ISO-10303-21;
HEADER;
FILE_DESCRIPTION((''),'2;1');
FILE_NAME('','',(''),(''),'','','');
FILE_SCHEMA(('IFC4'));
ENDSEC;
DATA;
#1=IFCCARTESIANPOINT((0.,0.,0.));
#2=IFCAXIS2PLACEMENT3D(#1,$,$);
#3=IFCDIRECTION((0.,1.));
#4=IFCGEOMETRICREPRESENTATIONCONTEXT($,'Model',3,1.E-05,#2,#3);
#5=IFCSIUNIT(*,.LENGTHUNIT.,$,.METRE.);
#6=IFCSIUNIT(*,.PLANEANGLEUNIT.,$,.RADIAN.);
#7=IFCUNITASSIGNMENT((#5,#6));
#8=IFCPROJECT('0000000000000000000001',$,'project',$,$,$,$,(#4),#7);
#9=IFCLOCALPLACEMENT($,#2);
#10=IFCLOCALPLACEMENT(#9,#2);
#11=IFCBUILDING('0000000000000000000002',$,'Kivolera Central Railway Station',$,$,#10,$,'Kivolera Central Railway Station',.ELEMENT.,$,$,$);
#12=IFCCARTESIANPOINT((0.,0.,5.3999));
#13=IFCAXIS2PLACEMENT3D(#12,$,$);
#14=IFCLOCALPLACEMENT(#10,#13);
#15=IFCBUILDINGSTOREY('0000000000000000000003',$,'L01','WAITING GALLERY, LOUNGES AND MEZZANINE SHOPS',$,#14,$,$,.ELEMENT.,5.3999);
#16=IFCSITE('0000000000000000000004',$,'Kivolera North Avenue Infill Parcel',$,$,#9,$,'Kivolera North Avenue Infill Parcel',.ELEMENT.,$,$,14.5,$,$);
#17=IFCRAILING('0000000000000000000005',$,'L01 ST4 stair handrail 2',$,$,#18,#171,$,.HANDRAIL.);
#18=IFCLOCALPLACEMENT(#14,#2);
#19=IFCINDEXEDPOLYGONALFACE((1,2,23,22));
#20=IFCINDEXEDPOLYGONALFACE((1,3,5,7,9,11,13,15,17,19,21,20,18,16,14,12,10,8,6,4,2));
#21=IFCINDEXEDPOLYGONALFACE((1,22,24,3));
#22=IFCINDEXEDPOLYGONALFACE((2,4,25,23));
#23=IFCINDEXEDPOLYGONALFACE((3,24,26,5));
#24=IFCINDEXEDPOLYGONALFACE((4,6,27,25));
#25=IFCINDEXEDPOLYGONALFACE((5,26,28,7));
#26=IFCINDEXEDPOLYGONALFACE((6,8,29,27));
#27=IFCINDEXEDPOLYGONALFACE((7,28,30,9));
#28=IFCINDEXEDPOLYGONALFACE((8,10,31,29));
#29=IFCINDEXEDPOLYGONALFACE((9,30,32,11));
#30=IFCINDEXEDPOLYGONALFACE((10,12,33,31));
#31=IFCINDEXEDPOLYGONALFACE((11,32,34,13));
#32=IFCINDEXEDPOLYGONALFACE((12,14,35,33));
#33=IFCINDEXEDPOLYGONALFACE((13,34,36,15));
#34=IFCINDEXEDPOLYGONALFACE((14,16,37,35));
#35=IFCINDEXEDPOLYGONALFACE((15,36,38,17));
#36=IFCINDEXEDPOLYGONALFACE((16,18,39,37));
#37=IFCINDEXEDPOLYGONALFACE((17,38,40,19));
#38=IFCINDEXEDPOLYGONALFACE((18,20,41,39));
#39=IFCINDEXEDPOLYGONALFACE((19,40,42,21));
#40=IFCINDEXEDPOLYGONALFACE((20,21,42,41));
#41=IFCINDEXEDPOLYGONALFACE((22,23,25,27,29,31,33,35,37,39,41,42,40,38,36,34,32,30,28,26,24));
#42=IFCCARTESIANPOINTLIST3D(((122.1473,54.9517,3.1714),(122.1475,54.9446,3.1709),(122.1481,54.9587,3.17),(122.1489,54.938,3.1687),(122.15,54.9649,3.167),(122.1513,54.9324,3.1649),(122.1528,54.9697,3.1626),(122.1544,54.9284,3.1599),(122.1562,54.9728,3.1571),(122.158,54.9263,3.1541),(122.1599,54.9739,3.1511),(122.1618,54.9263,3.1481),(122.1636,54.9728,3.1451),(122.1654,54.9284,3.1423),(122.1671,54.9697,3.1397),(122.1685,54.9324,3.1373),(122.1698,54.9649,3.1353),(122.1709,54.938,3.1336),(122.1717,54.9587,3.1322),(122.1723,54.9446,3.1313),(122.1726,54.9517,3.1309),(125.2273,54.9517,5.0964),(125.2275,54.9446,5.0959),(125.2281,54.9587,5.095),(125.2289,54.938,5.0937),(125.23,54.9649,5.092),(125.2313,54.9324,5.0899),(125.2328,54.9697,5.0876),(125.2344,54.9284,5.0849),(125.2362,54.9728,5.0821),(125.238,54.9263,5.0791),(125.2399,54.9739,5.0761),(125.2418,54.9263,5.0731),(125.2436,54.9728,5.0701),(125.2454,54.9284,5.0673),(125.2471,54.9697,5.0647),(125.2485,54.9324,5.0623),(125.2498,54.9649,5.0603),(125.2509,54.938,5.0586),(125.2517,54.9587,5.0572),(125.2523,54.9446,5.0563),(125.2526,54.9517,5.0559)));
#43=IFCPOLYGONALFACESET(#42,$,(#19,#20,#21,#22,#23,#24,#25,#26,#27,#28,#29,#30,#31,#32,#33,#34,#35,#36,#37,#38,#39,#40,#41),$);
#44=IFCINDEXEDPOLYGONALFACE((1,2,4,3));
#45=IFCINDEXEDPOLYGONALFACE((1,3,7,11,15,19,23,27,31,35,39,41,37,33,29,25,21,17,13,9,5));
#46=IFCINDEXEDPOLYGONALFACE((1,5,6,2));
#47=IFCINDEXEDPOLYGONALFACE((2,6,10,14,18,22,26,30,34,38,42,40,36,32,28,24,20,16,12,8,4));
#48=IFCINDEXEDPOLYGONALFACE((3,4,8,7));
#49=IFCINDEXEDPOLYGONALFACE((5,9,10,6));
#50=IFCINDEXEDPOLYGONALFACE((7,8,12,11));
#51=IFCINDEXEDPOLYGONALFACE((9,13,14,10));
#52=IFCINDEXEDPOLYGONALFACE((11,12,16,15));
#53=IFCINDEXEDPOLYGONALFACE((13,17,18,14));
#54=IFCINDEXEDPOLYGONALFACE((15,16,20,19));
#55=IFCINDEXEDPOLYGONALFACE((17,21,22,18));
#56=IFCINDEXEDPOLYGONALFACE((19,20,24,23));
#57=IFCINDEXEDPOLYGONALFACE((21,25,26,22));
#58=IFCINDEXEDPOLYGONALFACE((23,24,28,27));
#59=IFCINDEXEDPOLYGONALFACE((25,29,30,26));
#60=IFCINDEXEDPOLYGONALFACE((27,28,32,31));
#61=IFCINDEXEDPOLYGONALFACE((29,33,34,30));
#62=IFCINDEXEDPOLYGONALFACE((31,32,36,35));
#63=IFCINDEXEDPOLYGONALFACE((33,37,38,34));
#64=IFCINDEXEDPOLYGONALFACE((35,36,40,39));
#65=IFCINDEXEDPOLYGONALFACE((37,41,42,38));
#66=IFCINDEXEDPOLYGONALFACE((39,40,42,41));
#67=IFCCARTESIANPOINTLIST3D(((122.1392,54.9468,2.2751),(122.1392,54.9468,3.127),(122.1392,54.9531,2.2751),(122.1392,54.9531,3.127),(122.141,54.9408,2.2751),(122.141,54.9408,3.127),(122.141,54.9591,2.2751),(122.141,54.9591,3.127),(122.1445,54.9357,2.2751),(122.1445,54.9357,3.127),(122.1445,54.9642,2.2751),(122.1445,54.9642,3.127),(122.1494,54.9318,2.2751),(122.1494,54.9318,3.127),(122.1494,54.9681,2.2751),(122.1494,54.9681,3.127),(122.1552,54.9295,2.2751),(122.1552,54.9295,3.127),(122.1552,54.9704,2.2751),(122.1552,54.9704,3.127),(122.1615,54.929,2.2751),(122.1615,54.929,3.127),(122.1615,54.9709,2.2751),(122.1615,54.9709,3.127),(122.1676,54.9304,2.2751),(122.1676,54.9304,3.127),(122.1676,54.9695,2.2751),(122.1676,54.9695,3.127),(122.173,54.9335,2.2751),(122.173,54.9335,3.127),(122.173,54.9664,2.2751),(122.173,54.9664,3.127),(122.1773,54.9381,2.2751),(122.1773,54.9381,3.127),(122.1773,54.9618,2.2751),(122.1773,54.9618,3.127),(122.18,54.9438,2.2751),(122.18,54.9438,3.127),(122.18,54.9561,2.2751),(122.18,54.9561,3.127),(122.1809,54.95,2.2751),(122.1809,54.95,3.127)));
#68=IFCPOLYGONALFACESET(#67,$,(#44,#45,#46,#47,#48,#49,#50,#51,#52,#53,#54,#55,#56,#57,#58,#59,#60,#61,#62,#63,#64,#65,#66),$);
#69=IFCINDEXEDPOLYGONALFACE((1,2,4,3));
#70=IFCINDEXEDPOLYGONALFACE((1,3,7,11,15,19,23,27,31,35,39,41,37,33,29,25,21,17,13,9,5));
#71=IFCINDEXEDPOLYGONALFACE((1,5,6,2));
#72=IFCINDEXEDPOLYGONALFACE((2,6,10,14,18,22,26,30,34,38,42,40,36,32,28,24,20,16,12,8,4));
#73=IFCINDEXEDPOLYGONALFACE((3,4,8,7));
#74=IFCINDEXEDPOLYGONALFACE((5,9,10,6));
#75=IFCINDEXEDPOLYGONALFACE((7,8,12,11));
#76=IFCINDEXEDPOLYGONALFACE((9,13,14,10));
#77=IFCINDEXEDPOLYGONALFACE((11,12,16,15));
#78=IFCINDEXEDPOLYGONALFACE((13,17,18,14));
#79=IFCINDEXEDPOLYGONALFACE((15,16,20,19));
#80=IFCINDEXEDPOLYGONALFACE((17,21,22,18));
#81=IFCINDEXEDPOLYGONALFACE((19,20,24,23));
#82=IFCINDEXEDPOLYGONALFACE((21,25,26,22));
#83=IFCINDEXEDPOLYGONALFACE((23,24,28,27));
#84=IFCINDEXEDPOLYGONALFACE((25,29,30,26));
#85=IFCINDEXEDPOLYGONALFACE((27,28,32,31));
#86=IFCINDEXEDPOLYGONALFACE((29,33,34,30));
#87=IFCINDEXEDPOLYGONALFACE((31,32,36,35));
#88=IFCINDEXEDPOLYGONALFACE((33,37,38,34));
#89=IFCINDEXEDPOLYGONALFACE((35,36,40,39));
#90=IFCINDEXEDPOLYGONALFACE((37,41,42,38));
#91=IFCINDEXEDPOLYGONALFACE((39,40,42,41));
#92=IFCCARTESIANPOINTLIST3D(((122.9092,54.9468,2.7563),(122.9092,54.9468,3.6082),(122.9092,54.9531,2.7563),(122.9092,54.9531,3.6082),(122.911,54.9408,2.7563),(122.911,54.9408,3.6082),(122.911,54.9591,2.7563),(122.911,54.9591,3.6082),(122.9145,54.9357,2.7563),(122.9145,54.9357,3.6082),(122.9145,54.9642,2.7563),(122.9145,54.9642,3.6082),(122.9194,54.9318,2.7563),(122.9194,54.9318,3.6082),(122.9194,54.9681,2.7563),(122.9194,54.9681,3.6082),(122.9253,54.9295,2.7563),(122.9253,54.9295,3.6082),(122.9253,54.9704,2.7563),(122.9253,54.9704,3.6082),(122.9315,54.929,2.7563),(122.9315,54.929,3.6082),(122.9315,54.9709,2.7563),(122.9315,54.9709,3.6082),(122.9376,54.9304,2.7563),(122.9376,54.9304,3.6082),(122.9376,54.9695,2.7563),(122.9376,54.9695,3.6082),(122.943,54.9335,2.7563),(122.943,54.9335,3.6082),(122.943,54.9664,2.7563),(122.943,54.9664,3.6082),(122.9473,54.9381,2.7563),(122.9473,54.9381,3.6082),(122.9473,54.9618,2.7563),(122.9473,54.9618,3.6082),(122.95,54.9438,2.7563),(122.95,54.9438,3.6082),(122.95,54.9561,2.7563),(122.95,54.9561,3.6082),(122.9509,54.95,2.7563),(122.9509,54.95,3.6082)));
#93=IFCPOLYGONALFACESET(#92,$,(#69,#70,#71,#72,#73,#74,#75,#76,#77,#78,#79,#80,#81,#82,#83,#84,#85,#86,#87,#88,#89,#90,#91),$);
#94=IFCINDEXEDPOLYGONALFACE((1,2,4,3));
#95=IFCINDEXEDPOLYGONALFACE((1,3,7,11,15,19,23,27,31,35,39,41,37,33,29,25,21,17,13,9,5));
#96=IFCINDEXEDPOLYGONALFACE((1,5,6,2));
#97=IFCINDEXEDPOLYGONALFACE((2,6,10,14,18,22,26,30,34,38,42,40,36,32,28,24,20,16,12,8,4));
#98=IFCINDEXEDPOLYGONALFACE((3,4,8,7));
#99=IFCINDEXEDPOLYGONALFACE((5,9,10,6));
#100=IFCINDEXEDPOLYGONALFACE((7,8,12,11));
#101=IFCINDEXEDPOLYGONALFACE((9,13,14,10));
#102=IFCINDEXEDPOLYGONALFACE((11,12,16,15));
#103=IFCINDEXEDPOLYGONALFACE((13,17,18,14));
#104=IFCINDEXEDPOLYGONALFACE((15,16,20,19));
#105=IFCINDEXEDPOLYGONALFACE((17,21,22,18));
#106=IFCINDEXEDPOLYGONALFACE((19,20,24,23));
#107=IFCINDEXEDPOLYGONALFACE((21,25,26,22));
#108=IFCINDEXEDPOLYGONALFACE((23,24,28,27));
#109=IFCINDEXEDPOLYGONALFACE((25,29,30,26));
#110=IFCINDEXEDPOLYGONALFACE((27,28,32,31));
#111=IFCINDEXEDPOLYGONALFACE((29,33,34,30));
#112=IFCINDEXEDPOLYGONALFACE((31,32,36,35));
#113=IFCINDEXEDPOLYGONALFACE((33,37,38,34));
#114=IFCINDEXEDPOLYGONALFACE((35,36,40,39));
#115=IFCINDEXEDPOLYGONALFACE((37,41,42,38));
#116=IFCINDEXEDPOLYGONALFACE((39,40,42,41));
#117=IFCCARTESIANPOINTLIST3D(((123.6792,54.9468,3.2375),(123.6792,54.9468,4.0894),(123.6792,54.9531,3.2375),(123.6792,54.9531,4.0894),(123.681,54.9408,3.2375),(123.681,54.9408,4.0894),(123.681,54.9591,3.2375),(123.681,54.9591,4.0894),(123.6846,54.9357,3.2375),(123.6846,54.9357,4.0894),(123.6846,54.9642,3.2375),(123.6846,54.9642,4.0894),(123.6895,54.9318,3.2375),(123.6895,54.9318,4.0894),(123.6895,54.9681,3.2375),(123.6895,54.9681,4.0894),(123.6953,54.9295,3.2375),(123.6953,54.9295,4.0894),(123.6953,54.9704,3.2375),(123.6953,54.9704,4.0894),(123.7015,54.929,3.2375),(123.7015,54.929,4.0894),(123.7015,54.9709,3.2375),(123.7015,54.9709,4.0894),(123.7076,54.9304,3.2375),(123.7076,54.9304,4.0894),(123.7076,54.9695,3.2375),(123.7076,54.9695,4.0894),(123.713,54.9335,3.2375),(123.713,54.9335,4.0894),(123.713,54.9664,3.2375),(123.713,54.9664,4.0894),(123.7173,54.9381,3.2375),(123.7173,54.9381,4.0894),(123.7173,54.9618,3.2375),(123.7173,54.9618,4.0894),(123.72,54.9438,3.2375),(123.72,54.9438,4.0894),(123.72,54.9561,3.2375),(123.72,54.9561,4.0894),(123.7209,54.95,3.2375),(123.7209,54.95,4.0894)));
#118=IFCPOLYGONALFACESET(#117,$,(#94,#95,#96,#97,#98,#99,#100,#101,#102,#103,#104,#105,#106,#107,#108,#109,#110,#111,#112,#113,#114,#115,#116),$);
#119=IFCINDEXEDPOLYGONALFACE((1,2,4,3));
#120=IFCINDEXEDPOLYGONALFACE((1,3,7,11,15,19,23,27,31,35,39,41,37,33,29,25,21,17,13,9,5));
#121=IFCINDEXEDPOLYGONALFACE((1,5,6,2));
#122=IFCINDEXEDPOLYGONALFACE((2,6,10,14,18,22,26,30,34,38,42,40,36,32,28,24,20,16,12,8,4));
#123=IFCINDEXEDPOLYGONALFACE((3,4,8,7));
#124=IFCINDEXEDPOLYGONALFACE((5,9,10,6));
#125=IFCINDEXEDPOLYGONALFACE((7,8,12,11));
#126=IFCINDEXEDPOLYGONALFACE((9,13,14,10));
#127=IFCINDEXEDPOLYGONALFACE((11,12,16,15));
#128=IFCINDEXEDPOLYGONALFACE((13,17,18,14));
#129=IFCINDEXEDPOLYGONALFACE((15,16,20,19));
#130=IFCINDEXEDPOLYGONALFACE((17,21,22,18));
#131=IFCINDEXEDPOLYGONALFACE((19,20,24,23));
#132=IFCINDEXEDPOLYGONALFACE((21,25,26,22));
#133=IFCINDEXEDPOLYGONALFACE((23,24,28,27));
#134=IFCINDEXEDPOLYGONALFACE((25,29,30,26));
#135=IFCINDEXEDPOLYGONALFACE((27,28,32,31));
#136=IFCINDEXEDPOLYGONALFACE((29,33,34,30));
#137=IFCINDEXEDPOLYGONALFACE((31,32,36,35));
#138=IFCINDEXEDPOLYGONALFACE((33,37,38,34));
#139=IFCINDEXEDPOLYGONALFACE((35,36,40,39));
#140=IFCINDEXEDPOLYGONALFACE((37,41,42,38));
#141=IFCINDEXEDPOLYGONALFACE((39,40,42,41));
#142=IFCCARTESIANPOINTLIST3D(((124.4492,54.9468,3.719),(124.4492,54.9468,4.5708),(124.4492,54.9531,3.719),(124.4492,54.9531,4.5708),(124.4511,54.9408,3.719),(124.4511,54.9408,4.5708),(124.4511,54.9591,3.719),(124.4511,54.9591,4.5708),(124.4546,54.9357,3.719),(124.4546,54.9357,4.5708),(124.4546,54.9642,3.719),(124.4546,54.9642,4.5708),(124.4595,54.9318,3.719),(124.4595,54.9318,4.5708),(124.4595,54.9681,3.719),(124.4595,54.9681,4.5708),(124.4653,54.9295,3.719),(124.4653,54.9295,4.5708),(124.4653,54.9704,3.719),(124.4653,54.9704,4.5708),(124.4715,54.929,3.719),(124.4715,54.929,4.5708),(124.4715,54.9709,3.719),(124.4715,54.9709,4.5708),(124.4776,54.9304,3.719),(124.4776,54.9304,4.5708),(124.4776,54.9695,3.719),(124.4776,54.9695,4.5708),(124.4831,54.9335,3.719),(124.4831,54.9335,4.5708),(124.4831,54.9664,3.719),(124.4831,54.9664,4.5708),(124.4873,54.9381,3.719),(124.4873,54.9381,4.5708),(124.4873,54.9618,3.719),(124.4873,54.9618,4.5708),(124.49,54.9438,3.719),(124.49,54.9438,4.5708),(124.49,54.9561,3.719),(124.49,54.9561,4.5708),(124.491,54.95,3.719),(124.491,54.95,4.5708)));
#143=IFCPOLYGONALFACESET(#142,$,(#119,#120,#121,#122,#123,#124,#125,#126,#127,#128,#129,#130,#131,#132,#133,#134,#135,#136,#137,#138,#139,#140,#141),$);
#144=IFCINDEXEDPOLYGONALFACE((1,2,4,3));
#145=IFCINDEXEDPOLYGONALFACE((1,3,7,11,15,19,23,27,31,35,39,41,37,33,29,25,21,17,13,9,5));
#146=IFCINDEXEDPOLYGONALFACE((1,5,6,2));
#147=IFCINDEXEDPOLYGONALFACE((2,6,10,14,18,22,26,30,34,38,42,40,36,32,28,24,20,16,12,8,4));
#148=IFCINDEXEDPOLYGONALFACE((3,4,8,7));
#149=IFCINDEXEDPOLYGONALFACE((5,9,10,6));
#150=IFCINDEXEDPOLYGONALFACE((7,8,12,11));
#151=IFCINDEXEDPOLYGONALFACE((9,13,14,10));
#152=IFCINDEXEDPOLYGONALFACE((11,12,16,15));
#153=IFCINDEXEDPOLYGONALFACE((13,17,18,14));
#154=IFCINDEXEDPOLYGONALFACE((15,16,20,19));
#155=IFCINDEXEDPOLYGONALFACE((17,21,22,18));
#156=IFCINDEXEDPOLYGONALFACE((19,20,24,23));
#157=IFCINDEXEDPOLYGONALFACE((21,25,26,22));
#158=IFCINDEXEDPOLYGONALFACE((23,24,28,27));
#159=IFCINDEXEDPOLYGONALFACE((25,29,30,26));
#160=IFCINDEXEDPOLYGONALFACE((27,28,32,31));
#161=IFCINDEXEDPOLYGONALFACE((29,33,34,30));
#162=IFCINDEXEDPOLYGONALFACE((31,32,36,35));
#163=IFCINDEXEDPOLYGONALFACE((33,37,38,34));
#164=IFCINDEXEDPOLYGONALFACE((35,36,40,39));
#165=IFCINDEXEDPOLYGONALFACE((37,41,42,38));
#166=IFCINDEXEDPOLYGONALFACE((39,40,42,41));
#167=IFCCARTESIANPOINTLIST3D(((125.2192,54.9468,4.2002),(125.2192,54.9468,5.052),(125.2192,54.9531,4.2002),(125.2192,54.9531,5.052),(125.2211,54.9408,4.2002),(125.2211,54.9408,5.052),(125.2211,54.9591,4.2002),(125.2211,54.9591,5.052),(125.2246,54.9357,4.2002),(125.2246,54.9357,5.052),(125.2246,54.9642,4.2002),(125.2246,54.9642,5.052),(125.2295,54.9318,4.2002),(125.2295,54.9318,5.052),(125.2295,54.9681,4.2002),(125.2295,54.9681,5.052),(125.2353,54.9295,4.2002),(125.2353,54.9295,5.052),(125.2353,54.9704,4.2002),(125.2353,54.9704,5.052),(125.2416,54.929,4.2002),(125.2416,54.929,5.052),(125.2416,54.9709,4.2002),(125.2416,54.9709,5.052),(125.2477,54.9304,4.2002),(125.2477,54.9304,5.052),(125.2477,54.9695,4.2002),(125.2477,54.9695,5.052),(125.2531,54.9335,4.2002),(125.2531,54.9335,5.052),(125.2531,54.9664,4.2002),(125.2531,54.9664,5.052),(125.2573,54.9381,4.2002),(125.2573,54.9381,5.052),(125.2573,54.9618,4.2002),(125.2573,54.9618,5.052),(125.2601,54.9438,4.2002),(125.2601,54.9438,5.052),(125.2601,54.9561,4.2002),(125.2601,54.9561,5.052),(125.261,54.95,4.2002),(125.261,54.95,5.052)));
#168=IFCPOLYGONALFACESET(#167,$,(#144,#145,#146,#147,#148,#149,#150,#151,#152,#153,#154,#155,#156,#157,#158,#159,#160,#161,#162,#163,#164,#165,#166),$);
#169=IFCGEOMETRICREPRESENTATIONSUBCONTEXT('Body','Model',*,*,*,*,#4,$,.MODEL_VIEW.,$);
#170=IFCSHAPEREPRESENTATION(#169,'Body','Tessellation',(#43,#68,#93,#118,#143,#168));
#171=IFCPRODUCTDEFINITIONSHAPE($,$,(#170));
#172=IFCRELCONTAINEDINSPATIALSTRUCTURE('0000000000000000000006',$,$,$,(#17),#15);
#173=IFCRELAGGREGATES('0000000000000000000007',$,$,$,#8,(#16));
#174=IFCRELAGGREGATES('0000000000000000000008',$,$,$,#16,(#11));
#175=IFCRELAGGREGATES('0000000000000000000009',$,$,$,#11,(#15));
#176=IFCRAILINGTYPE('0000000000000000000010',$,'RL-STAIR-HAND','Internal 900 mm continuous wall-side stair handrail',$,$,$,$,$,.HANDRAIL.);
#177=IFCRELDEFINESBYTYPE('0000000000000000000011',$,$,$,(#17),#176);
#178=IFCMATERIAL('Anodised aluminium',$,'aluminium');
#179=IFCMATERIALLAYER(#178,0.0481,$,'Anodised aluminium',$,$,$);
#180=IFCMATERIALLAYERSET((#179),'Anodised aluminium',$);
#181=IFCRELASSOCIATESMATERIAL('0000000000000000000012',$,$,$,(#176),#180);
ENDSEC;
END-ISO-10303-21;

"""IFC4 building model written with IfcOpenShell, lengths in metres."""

from ifc_helpers import new_model, si_unit, direction, frame, origin, origin_2d, place, context, subcontext, project, spatial, circle, extrude, material, layer, layer_set, type_object, element, save


model = new_model("IFC4")

# Units and contexts
model_context = context("Model", 3, precision=1e-05, world=origin(), true_north=direction((0.0, 1.0)))
body_context = subcontext(model_context, "Body", "Model", "MODEL_VIEW")
ifc_project = project(units=[si_unit("LENGTHUNIT", "METRE"), si_unit("PLANEANGLEUNIT", "RADIAN")], contexts=[model_context])

# Site, building, storey
site_placement = place(None, origin())
site = spatial("IfcSite", under=ifc_project, at=site_placement, Name="Kivolera North Avenue Infill Parcel", LongName="Kivolera North Avenue Infill Parcel", CompositionType="ELEMENT", RefElevation=14.5)
building_placement = place(site_placement, origin())
building = spatial("IfcBuilding", under=site, at=building_placement, Name="Kivolera Central Railway Station", LongName="Kivolera Central Railway Station", CompositionType="ELEMENT")
storey_placement = place(building_placement, frame((0.0, 0.0, 5.3999)))
storey = spatial("IfcBuildingStorey", under=building, at=storey_placement, Name="L01", Description="WAITING GALLERY, LOUNGES AND MEZZANINE SHOPS", CompositionType="ELEMENT", Elevation=5.3999)

# Railing
ifc_material_1 = material(Name="Anodised aluminium", Category="aluminium")
ifc_layer_1 = layer(ifc_material_1, 0.0481, Name="Anodised aluminium")
ifc_layer_set_1 = layer_set([ifc_layer_1], Name="Anodised aluminium")
railing_type_1 = type_object("IfcRailingType", Name="RL-STAIR-HAND", Description="Internal 900 mm continuous wall-side stair handrail", PredefinedType="HANDRAIL", material=ifc_layer_set_1)
railing_1_placement = place(storey_placement, frame((122.1599, 54.95, 2.2751)))
element("IfcRailing", 1, at=railing_1_placement, inside=storey, type_object=railing_type_1, Name="L01 ST4 stair handrail 2", PredefinedType="HANDRAIL", context=body_context, shape_type="SweptSolid", body=[
    extrude(circle(Radius=0.0239, at=origin_2d()), frame((0.0, 0.0, 0.876), z_axis=(0.847998, 0.0, 0.529999), x_axis=(0.0, 1.0, 0.0)), (0.0, 0.0, 1.0), 3.6321),
    extrude(circle(Radius=0.021, at=origin_2d()), origin(), (0.0, 0.0, 1.0), 0.8518),
    extrude(circle(Radius=0.021, at=origin_2d()), frame((0.77, 0.0, 0.4812)), (0.0, 0.0, 1.0), 0.8518),
    extrude(circle(Radius=0.021, at=origin_2d()), frame((1.54, 0.0, 0.9624)), (0.0, 0.0, 1.0), 0.8518),
    extrude(circle(Radius=0.021, at=origin_2d()), frame((2.3101, 0.0, 1.4438)), (0.0, 0.0, 1.0), 0.8518),
    extrude(circle(Radius=0.021, at=origin_2d()), frame((3.0801, 0.0, 1.925)), (0.0, 0.0, 1.0), 0.8518),
])

save(model, "model.ifc")
